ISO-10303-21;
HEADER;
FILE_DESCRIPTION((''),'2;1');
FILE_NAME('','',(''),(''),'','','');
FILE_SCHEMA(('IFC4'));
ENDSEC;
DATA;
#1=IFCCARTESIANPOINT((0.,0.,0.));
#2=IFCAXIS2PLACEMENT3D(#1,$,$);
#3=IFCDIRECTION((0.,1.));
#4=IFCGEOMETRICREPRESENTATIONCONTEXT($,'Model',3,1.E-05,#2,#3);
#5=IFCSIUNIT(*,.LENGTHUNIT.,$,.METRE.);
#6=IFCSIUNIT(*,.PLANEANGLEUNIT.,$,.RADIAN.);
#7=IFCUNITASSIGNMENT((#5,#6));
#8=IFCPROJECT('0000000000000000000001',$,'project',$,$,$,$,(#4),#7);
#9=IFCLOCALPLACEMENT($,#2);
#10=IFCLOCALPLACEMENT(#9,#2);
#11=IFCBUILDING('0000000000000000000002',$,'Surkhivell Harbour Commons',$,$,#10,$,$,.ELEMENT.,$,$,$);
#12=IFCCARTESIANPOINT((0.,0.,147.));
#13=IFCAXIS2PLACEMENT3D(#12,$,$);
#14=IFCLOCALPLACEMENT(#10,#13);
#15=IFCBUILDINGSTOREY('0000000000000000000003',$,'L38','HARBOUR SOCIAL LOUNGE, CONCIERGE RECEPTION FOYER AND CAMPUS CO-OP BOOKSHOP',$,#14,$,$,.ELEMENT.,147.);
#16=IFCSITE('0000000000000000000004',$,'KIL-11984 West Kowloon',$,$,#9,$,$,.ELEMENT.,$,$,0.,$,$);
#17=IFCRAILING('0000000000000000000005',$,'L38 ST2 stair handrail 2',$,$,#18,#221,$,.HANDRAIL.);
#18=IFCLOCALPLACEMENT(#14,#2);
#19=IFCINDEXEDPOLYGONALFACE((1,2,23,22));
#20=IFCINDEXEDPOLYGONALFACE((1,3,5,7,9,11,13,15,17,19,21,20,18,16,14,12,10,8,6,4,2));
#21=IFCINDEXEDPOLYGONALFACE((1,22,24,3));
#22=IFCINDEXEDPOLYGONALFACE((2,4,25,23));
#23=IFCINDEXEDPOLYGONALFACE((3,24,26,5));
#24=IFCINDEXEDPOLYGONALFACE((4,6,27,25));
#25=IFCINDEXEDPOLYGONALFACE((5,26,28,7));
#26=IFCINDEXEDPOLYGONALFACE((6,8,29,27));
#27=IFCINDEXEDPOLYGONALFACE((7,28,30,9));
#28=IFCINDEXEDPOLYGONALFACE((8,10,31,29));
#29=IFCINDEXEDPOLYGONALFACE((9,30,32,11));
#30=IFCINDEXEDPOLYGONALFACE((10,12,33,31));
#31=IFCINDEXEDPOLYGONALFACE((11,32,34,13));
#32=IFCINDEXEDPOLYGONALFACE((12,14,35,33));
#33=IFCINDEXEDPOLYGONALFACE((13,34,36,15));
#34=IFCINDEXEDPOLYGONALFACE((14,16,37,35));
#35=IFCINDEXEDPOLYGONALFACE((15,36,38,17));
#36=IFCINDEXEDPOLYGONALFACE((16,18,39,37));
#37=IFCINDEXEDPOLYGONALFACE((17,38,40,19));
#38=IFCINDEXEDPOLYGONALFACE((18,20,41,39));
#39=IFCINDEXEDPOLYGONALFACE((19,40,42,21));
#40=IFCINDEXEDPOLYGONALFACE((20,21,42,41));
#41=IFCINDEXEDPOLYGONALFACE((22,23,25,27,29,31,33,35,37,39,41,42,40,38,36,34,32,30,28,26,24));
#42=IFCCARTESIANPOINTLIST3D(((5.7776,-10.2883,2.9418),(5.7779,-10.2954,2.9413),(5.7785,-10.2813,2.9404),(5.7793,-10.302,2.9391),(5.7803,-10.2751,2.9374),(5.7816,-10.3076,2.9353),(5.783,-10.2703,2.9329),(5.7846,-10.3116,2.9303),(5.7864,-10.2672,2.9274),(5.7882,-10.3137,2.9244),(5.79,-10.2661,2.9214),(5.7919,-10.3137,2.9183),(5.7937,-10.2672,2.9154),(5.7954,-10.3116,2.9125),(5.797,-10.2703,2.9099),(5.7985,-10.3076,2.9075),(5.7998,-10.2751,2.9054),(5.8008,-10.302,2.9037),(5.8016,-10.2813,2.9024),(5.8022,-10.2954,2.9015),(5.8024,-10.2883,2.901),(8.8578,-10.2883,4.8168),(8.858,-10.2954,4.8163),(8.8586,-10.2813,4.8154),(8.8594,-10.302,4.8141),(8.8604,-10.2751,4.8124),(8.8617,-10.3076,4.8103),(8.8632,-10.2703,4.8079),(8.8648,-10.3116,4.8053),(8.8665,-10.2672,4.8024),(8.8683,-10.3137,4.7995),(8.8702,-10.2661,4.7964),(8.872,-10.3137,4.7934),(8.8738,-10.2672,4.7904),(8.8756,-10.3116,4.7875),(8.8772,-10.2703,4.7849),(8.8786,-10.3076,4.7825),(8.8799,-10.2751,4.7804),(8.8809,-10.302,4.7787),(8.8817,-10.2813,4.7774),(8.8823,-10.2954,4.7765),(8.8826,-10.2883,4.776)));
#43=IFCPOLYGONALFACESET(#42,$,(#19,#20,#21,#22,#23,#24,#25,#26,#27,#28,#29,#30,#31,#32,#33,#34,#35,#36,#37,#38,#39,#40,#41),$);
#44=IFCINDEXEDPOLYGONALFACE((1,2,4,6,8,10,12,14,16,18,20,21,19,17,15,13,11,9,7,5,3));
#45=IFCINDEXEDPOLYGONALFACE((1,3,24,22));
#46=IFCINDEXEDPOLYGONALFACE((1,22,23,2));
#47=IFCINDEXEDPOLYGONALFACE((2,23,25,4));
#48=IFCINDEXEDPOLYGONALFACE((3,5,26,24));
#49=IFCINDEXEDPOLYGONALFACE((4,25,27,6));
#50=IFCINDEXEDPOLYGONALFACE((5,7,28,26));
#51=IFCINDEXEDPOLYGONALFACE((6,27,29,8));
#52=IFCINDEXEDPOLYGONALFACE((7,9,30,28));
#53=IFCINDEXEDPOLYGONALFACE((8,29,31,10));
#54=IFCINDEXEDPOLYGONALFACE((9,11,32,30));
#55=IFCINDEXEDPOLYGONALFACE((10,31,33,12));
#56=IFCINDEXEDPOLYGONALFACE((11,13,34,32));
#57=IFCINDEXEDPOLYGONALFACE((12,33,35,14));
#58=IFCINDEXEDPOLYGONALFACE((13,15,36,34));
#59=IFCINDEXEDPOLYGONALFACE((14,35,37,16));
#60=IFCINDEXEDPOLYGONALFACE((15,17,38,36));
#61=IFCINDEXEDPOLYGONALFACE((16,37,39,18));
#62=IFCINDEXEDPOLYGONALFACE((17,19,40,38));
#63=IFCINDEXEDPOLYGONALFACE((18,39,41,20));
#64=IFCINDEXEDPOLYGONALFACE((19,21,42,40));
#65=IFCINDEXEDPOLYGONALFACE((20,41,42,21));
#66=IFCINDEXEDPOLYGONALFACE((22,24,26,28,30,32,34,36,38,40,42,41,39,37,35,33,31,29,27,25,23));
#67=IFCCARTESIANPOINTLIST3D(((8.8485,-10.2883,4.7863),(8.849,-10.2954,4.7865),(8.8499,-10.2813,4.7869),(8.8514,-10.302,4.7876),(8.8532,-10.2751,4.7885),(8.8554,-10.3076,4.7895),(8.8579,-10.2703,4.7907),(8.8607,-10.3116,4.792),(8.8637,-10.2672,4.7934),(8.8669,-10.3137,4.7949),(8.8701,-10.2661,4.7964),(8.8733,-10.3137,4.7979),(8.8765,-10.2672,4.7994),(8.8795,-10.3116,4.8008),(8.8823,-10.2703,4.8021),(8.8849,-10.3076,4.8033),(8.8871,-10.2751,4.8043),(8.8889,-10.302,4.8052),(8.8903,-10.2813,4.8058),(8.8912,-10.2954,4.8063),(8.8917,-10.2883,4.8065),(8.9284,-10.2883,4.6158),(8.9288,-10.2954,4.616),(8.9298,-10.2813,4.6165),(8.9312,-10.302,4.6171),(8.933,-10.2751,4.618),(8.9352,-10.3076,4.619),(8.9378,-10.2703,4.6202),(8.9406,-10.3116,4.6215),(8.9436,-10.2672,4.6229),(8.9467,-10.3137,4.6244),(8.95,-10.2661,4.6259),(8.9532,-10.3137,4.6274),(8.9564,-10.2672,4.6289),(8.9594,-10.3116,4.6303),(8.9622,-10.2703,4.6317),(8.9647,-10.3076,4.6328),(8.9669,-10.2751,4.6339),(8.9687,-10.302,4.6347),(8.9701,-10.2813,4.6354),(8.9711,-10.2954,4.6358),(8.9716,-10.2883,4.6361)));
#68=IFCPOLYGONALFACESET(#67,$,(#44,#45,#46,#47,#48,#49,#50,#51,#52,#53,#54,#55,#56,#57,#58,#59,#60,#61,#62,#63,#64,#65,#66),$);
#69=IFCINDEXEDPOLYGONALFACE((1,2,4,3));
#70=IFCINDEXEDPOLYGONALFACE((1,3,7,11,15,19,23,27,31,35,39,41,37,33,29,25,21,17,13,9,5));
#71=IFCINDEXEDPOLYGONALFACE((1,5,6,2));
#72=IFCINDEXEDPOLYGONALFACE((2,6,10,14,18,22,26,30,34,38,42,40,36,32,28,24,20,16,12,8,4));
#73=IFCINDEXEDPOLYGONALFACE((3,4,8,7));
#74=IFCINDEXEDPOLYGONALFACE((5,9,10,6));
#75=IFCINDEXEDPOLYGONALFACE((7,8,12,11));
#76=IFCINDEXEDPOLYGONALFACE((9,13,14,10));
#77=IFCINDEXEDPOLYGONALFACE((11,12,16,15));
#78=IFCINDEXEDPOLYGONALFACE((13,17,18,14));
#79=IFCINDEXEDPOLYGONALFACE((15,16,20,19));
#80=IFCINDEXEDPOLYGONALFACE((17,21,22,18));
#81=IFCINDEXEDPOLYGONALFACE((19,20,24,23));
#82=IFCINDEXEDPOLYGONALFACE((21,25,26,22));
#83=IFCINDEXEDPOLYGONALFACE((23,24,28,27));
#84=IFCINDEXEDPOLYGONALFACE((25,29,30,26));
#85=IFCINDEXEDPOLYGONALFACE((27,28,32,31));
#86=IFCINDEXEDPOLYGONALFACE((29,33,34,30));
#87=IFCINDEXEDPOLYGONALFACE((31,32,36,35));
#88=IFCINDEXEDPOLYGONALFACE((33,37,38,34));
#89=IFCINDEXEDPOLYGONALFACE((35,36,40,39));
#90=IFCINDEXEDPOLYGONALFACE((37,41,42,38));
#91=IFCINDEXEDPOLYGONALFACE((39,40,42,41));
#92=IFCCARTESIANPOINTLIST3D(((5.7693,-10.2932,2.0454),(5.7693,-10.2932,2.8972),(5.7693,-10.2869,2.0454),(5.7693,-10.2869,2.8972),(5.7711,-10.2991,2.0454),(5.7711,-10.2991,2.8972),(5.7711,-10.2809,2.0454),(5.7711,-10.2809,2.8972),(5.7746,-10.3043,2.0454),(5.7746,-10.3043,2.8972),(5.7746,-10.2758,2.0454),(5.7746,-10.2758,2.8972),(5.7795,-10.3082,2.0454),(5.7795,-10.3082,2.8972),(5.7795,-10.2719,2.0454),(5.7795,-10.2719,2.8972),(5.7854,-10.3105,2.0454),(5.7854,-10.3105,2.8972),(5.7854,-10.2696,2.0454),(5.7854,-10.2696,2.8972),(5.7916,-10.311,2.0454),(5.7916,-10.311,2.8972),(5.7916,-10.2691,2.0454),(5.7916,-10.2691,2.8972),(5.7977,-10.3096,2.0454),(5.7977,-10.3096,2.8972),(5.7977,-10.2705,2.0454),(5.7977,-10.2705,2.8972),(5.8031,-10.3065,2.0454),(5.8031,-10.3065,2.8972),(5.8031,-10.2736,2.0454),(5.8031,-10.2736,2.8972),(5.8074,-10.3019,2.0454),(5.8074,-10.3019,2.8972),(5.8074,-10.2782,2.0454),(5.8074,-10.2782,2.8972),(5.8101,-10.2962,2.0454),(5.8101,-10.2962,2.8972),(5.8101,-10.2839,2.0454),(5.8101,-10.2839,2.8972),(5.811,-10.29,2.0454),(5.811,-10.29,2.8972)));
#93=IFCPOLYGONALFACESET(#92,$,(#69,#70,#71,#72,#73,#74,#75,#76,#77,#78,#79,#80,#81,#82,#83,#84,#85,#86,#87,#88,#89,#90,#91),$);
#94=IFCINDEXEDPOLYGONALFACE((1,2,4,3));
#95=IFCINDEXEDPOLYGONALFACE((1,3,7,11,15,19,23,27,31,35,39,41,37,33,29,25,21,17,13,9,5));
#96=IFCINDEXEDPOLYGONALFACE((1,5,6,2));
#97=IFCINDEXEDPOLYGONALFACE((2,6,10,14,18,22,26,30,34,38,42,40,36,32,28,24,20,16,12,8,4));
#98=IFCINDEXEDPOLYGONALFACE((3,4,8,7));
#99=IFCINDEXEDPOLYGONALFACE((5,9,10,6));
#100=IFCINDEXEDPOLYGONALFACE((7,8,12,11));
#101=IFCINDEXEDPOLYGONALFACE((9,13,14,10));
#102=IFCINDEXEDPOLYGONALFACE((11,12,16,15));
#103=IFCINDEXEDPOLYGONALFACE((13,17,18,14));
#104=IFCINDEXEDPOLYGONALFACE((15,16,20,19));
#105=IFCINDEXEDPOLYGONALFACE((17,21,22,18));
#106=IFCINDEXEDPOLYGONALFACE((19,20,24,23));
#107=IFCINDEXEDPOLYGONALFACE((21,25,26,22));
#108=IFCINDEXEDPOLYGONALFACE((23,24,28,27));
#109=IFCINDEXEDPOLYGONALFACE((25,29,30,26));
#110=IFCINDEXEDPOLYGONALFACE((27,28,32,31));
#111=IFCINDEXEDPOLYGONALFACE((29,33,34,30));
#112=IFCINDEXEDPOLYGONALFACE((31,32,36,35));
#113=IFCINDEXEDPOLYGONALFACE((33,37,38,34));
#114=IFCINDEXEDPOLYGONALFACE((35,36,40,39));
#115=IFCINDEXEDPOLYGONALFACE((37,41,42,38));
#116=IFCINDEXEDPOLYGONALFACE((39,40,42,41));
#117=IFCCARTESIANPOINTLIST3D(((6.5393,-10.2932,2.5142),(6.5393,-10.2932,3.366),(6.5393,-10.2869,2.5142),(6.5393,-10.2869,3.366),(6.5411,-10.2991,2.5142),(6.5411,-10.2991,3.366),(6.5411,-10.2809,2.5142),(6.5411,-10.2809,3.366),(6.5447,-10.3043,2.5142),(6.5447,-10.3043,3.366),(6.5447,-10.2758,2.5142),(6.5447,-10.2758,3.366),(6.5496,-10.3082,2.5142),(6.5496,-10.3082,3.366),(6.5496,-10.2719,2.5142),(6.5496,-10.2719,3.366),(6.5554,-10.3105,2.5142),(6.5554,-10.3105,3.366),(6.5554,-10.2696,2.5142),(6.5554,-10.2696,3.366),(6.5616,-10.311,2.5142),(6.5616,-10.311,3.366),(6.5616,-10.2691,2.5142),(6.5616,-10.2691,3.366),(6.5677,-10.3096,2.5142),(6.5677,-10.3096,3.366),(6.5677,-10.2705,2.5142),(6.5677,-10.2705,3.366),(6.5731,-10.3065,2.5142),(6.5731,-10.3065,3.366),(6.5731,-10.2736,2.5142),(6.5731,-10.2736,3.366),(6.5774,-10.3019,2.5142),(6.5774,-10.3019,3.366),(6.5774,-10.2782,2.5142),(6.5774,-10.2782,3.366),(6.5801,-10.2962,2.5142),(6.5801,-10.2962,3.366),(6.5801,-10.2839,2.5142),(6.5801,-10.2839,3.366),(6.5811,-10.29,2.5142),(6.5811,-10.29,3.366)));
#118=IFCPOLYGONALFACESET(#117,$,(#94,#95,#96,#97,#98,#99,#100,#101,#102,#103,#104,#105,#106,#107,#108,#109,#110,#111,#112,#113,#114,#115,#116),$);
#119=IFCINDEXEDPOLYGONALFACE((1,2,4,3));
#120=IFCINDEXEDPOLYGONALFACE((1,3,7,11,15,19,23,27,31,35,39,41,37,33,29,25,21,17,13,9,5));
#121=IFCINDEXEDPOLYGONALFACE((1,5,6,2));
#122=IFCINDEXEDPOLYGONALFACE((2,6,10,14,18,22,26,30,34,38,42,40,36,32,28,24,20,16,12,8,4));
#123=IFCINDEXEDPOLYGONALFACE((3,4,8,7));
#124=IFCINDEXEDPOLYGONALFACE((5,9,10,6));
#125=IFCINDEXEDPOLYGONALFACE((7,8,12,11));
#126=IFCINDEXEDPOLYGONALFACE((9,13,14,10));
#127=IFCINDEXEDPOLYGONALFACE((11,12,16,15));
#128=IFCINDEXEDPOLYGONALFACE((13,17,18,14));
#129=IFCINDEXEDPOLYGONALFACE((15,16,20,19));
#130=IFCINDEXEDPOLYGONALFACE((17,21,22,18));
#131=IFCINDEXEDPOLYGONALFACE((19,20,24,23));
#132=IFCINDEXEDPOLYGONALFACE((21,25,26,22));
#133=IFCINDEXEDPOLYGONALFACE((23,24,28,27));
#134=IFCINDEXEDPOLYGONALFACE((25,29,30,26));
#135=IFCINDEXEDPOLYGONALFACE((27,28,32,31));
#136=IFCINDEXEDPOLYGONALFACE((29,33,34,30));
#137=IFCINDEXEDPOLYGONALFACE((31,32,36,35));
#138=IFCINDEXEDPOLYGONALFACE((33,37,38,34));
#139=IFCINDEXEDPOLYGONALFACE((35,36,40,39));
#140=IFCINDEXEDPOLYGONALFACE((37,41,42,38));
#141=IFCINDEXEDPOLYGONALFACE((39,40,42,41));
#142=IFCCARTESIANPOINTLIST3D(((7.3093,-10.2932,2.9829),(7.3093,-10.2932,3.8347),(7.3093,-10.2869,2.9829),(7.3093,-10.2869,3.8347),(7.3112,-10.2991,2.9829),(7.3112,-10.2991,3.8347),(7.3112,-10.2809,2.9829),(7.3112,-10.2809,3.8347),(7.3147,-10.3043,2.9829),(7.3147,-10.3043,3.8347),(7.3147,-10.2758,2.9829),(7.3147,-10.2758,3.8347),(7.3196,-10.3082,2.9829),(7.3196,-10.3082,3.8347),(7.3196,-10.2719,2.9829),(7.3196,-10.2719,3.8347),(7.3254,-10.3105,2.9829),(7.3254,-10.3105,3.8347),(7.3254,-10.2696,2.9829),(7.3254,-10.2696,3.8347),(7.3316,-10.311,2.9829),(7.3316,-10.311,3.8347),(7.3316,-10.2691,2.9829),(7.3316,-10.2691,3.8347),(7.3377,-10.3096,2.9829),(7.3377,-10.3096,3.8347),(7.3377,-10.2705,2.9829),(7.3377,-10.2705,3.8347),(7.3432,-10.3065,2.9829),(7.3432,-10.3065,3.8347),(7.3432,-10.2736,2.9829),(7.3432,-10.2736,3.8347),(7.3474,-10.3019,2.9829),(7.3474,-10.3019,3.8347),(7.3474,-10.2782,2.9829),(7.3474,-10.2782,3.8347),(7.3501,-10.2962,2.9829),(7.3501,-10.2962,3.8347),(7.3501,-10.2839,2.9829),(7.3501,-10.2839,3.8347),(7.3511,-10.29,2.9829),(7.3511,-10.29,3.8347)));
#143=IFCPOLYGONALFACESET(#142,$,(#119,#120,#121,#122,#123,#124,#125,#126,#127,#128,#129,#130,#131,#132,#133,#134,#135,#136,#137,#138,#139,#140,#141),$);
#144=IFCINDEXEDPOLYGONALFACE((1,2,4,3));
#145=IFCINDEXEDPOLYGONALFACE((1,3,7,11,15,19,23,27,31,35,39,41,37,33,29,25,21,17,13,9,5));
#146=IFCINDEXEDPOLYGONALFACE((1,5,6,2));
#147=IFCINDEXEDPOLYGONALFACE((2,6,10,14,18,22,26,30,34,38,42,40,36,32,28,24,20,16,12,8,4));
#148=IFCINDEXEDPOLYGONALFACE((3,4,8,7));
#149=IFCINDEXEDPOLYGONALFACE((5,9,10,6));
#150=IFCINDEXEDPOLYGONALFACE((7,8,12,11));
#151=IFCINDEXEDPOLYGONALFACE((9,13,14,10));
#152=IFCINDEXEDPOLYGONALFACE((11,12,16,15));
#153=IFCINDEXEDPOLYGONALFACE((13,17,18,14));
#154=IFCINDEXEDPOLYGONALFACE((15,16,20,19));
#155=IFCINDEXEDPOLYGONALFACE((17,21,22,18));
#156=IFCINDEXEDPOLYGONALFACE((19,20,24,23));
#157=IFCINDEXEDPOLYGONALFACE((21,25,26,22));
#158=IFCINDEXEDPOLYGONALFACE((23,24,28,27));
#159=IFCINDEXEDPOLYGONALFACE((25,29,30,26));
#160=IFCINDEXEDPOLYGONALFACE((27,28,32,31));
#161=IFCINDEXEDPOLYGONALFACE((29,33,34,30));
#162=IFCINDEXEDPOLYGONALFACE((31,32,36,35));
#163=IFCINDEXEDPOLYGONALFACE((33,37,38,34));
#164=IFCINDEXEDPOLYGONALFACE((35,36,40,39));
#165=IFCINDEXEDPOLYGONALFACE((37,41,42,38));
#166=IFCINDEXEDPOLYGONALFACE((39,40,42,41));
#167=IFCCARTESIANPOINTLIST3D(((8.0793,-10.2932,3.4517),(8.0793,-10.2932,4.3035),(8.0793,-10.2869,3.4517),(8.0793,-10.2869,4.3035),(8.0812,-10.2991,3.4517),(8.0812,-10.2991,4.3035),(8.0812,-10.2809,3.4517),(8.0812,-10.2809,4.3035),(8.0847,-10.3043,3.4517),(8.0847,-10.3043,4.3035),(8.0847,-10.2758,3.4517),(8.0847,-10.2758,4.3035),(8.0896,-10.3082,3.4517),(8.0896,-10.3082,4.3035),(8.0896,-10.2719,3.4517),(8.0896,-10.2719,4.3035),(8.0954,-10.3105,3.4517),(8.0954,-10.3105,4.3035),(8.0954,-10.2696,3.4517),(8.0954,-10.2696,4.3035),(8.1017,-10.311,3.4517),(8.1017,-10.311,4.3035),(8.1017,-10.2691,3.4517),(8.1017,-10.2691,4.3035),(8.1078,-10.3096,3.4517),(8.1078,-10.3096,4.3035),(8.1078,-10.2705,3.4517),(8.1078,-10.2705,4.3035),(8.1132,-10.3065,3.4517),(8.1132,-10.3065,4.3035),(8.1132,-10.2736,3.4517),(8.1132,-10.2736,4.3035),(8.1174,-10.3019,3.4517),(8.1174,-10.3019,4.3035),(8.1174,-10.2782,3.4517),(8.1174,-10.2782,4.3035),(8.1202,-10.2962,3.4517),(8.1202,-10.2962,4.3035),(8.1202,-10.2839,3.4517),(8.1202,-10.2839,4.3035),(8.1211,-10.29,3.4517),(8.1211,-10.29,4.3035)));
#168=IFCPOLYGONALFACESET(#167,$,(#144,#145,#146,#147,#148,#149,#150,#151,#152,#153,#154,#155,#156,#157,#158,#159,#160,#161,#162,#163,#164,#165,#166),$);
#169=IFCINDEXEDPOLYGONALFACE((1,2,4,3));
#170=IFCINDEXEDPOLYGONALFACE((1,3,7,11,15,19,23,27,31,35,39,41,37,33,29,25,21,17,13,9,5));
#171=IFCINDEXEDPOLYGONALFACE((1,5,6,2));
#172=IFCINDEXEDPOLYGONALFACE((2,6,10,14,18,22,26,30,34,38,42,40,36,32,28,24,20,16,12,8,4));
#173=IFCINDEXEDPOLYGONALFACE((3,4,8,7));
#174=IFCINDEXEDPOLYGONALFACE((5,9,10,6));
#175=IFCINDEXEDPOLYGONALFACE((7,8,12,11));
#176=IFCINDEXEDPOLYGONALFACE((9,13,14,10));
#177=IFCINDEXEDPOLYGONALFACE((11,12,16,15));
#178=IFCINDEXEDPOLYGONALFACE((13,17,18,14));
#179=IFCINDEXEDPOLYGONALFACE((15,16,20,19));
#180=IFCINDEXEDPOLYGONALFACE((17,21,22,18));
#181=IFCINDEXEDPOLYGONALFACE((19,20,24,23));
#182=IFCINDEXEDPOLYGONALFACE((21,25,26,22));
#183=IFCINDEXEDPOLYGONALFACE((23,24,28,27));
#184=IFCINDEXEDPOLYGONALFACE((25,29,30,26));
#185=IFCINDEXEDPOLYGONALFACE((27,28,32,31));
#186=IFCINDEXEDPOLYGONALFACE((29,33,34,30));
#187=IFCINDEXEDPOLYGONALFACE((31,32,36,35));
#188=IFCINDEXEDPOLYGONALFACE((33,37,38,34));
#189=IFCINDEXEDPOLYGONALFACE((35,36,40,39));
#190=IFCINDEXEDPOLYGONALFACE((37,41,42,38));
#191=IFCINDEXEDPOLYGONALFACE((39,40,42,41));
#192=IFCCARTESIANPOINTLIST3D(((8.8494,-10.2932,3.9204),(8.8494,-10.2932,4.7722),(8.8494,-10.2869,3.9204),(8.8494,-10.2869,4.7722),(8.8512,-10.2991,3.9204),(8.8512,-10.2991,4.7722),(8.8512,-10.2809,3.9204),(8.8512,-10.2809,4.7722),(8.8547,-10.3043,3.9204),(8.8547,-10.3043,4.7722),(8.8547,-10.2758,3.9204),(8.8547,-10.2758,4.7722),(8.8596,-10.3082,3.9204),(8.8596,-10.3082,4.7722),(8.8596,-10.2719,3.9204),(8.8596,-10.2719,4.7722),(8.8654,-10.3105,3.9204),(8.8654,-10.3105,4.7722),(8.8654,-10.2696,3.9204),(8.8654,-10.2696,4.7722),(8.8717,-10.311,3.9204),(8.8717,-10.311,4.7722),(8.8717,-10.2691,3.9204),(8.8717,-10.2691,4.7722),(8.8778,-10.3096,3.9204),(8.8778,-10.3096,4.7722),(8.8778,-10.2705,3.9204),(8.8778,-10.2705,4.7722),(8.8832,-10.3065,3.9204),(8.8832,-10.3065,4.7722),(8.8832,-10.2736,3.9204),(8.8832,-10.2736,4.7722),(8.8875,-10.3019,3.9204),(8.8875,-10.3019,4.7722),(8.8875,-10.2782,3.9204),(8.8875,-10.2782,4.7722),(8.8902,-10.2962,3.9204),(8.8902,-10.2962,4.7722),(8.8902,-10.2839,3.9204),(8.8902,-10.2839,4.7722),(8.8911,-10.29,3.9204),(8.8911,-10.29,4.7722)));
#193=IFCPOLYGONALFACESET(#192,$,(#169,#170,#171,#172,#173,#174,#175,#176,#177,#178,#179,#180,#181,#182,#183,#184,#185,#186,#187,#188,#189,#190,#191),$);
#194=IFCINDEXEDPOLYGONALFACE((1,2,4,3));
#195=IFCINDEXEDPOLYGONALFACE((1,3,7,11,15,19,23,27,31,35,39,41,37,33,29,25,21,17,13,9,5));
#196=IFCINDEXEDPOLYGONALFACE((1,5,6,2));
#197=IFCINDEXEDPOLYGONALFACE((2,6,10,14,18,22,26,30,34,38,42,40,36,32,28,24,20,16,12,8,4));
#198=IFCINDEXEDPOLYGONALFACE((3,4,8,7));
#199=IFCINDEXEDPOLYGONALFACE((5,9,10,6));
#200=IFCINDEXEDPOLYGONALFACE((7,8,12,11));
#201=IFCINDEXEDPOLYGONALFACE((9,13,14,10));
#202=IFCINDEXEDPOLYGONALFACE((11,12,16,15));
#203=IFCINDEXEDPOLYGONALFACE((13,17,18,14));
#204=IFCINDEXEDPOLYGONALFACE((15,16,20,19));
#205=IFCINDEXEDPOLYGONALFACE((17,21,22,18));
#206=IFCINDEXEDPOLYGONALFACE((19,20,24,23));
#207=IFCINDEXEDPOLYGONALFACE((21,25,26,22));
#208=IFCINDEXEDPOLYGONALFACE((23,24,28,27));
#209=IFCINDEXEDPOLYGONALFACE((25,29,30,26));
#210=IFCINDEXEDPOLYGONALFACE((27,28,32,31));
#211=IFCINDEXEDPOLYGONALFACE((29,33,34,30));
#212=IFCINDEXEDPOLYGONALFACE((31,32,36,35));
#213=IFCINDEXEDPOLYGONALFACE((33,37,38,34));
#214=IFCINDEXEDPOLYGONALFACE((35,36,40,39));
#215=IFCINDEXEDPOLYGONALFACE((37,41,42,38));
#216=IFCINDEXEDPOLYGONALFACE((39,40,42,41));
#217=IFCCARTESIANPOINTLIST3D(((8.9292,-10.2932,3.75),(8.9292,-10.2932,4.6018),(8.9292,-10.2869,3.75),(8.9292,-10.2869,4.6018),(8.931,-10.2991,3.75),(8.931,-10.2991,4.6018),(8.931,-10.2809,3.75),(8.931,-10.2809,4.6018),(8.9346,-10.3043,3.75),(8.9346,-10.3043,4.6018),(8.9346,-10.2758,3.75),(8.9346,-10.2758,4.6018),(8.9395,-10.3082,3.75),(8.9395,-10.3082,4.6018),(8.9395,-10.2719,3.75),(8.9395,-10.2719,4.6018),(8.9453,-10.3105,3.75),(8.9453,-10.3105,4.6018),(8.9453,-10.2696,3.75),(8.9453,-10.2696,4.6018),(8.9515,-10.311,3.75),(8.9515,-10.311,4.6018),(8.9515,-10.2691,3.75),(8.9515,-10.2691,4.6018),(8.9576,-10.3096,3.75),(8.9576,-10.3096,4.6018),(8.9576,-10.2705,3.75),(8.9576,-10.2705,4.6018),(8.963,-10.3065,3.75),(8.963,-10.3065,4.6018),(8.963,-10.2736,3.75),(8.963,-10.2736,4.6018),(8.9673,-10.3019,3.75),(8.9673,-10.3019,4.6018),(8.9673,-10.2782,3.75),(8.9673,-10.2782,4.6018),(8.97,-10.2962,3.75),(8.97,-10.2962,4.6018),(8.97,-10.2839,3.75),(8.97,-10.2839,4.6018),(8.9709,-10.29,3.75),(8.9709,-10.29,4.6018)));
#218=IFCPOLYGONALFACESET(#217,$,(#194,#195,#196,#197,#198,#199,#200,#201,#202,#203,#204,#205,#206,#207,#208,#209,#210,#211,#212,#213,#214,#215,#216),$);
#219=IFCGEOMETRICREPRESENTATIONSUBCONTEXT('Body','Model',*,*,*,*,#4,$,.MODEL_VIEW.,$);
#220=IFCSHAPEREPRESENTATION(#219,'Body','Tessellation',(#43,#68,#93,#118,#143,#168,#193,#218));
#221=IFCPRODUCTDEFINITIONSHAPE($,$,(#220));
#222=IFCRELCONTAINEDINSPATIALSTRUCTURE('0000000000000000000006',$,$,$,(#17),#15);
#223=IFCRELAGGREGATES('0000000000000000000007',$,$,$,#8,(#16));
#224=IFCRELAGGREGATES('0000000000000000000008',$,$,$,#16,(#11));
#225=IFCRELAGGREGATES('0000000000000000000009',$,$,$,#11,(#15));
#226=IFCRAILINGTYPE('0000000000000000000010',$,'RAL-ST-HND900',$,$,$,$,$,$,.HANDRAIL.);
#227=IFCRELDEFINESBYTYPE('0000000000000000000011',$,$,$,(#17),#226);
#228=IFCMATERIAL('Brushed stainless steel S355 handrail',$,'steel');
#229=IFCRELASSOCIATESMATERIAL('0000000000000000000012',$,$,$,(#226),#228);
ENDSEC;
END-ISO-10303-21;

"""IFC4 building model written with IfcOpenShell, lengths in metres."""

from ifc_helpers import new_model, si_unit, direction, frame, origin, origin_2d, place, context, subcontext, project, spatial, circle, extrude, material, type_object, element, save


model = new_model("IFC4")

# Units and contexts
model_context = context("Model", 3, precision=1e-05, world=origin(), true_north=direction((0.0, 1.0)))
body_context = subcontext(model_context, "Body", "Model", "MODEL_VIEW")
ifc_project = project(units=[si_unit("LENGTHUNIT", "METRE"), si_unit("PLANEANGLEUNIT", "RADIAN")], contexts=[model_context])

# Site, building, storey
site_placement = place(None, origin())
site = spatial("IfcSite", under=ifc_project, at=site_placement, Name="KIL-11984 West Kowloon", CompositionType="ELEMENT", RefElevation=0.0)
building_placement = place(site_placement, origin())
building = spatial("IfcBuilding", under=site, at=building_placement, Name="Surkhivell Harbour Commons", CompositionType="ELEMENT")
storey_placement = place(building_placement, frame((0.0, 0.0, 147.0)))
storey = spatial("IfcBuildingStorey", under=building, at=storey_placement, Name="L38", Description="HARBOUR SOCIAL LOUNGE, CONCIERGE RECEPTION FOYER AND CAMPUS CO-OP BOOKSHOP", CompositionType="ELEMENT", Elevation=147.0)

# Railing
ifc_material_1 = material(Name="Brushed stainless steel S355 handrail", Category="steel")
railing_type_1 = type_object("IfcRailingType", Name="RAL-ST-HND900", PredefinedType="HANDRAIL", material=ifc_material_1)
railing_1_placement = place(storey_placement, frame((5.79, -10.29, 2.0454)))
element("IfcRailing", 1, at=railing_1_placement, inside=storey, type_object=railing_type_1, Name="L38 ST2 stair handrail 2", PredefinedType="HANDRAIL", context=body_context, shape_type="SweptSolid", body=[
    extrude(circle(Radius=0.0239, at=origin_2d()), frame((0.0, 0.0, 0.876), z_axis=(0.854178, 0.0, 0.519981), x_axis=(0.0, 1.0, 0.0)), (0.0, 0.0, 1.0), 3.606),
    extrude(circle(Radius=0.0239, at=origin_2d()), frame((3.0801, 0.0, 2.751), z_axis=(0.424234, 0.0, -0.905552), x_axis=(0.0, 1.0, 0.0)), (0.0, 0.0, 1.0), 0.1882),
    extrude(circle(Radius=0.021, at=origin_2d()), origin(), (0.0, 0.0, 1.0), 0.8518),
    extrude(circle(Radius=0.021, at=origin_2d()), frame((0.77, 0.0, 0.4688)), (0.0, 0.0, 1.0), 0.8518),
    extrude(circle(Radius=0.021, at=origin_2d()), frame((1.54, 0.0, 0.9375)), (0.0, 0.0, 1.0), 0.8518),
    extrude(circle(Radius=0.021, at=origin_2d()), frame((2.3101, 0.0, 1.4062)), (0.0, 0.0, 1.0), 0.8518),
    extrude(circle(Radius=0.021, at=origin_2d()), frame((3.0801, 0.0, 1.875)), (0.0, 0.0, 1.0), 0.8518),
    extrude(circle(Radius=0.021, at=origin_2d()), frame((3.1599, 0.0, 1.7046)), (0.0, 0.0, 1.0), 0.8518),
])

save(model, "model.ifc")
